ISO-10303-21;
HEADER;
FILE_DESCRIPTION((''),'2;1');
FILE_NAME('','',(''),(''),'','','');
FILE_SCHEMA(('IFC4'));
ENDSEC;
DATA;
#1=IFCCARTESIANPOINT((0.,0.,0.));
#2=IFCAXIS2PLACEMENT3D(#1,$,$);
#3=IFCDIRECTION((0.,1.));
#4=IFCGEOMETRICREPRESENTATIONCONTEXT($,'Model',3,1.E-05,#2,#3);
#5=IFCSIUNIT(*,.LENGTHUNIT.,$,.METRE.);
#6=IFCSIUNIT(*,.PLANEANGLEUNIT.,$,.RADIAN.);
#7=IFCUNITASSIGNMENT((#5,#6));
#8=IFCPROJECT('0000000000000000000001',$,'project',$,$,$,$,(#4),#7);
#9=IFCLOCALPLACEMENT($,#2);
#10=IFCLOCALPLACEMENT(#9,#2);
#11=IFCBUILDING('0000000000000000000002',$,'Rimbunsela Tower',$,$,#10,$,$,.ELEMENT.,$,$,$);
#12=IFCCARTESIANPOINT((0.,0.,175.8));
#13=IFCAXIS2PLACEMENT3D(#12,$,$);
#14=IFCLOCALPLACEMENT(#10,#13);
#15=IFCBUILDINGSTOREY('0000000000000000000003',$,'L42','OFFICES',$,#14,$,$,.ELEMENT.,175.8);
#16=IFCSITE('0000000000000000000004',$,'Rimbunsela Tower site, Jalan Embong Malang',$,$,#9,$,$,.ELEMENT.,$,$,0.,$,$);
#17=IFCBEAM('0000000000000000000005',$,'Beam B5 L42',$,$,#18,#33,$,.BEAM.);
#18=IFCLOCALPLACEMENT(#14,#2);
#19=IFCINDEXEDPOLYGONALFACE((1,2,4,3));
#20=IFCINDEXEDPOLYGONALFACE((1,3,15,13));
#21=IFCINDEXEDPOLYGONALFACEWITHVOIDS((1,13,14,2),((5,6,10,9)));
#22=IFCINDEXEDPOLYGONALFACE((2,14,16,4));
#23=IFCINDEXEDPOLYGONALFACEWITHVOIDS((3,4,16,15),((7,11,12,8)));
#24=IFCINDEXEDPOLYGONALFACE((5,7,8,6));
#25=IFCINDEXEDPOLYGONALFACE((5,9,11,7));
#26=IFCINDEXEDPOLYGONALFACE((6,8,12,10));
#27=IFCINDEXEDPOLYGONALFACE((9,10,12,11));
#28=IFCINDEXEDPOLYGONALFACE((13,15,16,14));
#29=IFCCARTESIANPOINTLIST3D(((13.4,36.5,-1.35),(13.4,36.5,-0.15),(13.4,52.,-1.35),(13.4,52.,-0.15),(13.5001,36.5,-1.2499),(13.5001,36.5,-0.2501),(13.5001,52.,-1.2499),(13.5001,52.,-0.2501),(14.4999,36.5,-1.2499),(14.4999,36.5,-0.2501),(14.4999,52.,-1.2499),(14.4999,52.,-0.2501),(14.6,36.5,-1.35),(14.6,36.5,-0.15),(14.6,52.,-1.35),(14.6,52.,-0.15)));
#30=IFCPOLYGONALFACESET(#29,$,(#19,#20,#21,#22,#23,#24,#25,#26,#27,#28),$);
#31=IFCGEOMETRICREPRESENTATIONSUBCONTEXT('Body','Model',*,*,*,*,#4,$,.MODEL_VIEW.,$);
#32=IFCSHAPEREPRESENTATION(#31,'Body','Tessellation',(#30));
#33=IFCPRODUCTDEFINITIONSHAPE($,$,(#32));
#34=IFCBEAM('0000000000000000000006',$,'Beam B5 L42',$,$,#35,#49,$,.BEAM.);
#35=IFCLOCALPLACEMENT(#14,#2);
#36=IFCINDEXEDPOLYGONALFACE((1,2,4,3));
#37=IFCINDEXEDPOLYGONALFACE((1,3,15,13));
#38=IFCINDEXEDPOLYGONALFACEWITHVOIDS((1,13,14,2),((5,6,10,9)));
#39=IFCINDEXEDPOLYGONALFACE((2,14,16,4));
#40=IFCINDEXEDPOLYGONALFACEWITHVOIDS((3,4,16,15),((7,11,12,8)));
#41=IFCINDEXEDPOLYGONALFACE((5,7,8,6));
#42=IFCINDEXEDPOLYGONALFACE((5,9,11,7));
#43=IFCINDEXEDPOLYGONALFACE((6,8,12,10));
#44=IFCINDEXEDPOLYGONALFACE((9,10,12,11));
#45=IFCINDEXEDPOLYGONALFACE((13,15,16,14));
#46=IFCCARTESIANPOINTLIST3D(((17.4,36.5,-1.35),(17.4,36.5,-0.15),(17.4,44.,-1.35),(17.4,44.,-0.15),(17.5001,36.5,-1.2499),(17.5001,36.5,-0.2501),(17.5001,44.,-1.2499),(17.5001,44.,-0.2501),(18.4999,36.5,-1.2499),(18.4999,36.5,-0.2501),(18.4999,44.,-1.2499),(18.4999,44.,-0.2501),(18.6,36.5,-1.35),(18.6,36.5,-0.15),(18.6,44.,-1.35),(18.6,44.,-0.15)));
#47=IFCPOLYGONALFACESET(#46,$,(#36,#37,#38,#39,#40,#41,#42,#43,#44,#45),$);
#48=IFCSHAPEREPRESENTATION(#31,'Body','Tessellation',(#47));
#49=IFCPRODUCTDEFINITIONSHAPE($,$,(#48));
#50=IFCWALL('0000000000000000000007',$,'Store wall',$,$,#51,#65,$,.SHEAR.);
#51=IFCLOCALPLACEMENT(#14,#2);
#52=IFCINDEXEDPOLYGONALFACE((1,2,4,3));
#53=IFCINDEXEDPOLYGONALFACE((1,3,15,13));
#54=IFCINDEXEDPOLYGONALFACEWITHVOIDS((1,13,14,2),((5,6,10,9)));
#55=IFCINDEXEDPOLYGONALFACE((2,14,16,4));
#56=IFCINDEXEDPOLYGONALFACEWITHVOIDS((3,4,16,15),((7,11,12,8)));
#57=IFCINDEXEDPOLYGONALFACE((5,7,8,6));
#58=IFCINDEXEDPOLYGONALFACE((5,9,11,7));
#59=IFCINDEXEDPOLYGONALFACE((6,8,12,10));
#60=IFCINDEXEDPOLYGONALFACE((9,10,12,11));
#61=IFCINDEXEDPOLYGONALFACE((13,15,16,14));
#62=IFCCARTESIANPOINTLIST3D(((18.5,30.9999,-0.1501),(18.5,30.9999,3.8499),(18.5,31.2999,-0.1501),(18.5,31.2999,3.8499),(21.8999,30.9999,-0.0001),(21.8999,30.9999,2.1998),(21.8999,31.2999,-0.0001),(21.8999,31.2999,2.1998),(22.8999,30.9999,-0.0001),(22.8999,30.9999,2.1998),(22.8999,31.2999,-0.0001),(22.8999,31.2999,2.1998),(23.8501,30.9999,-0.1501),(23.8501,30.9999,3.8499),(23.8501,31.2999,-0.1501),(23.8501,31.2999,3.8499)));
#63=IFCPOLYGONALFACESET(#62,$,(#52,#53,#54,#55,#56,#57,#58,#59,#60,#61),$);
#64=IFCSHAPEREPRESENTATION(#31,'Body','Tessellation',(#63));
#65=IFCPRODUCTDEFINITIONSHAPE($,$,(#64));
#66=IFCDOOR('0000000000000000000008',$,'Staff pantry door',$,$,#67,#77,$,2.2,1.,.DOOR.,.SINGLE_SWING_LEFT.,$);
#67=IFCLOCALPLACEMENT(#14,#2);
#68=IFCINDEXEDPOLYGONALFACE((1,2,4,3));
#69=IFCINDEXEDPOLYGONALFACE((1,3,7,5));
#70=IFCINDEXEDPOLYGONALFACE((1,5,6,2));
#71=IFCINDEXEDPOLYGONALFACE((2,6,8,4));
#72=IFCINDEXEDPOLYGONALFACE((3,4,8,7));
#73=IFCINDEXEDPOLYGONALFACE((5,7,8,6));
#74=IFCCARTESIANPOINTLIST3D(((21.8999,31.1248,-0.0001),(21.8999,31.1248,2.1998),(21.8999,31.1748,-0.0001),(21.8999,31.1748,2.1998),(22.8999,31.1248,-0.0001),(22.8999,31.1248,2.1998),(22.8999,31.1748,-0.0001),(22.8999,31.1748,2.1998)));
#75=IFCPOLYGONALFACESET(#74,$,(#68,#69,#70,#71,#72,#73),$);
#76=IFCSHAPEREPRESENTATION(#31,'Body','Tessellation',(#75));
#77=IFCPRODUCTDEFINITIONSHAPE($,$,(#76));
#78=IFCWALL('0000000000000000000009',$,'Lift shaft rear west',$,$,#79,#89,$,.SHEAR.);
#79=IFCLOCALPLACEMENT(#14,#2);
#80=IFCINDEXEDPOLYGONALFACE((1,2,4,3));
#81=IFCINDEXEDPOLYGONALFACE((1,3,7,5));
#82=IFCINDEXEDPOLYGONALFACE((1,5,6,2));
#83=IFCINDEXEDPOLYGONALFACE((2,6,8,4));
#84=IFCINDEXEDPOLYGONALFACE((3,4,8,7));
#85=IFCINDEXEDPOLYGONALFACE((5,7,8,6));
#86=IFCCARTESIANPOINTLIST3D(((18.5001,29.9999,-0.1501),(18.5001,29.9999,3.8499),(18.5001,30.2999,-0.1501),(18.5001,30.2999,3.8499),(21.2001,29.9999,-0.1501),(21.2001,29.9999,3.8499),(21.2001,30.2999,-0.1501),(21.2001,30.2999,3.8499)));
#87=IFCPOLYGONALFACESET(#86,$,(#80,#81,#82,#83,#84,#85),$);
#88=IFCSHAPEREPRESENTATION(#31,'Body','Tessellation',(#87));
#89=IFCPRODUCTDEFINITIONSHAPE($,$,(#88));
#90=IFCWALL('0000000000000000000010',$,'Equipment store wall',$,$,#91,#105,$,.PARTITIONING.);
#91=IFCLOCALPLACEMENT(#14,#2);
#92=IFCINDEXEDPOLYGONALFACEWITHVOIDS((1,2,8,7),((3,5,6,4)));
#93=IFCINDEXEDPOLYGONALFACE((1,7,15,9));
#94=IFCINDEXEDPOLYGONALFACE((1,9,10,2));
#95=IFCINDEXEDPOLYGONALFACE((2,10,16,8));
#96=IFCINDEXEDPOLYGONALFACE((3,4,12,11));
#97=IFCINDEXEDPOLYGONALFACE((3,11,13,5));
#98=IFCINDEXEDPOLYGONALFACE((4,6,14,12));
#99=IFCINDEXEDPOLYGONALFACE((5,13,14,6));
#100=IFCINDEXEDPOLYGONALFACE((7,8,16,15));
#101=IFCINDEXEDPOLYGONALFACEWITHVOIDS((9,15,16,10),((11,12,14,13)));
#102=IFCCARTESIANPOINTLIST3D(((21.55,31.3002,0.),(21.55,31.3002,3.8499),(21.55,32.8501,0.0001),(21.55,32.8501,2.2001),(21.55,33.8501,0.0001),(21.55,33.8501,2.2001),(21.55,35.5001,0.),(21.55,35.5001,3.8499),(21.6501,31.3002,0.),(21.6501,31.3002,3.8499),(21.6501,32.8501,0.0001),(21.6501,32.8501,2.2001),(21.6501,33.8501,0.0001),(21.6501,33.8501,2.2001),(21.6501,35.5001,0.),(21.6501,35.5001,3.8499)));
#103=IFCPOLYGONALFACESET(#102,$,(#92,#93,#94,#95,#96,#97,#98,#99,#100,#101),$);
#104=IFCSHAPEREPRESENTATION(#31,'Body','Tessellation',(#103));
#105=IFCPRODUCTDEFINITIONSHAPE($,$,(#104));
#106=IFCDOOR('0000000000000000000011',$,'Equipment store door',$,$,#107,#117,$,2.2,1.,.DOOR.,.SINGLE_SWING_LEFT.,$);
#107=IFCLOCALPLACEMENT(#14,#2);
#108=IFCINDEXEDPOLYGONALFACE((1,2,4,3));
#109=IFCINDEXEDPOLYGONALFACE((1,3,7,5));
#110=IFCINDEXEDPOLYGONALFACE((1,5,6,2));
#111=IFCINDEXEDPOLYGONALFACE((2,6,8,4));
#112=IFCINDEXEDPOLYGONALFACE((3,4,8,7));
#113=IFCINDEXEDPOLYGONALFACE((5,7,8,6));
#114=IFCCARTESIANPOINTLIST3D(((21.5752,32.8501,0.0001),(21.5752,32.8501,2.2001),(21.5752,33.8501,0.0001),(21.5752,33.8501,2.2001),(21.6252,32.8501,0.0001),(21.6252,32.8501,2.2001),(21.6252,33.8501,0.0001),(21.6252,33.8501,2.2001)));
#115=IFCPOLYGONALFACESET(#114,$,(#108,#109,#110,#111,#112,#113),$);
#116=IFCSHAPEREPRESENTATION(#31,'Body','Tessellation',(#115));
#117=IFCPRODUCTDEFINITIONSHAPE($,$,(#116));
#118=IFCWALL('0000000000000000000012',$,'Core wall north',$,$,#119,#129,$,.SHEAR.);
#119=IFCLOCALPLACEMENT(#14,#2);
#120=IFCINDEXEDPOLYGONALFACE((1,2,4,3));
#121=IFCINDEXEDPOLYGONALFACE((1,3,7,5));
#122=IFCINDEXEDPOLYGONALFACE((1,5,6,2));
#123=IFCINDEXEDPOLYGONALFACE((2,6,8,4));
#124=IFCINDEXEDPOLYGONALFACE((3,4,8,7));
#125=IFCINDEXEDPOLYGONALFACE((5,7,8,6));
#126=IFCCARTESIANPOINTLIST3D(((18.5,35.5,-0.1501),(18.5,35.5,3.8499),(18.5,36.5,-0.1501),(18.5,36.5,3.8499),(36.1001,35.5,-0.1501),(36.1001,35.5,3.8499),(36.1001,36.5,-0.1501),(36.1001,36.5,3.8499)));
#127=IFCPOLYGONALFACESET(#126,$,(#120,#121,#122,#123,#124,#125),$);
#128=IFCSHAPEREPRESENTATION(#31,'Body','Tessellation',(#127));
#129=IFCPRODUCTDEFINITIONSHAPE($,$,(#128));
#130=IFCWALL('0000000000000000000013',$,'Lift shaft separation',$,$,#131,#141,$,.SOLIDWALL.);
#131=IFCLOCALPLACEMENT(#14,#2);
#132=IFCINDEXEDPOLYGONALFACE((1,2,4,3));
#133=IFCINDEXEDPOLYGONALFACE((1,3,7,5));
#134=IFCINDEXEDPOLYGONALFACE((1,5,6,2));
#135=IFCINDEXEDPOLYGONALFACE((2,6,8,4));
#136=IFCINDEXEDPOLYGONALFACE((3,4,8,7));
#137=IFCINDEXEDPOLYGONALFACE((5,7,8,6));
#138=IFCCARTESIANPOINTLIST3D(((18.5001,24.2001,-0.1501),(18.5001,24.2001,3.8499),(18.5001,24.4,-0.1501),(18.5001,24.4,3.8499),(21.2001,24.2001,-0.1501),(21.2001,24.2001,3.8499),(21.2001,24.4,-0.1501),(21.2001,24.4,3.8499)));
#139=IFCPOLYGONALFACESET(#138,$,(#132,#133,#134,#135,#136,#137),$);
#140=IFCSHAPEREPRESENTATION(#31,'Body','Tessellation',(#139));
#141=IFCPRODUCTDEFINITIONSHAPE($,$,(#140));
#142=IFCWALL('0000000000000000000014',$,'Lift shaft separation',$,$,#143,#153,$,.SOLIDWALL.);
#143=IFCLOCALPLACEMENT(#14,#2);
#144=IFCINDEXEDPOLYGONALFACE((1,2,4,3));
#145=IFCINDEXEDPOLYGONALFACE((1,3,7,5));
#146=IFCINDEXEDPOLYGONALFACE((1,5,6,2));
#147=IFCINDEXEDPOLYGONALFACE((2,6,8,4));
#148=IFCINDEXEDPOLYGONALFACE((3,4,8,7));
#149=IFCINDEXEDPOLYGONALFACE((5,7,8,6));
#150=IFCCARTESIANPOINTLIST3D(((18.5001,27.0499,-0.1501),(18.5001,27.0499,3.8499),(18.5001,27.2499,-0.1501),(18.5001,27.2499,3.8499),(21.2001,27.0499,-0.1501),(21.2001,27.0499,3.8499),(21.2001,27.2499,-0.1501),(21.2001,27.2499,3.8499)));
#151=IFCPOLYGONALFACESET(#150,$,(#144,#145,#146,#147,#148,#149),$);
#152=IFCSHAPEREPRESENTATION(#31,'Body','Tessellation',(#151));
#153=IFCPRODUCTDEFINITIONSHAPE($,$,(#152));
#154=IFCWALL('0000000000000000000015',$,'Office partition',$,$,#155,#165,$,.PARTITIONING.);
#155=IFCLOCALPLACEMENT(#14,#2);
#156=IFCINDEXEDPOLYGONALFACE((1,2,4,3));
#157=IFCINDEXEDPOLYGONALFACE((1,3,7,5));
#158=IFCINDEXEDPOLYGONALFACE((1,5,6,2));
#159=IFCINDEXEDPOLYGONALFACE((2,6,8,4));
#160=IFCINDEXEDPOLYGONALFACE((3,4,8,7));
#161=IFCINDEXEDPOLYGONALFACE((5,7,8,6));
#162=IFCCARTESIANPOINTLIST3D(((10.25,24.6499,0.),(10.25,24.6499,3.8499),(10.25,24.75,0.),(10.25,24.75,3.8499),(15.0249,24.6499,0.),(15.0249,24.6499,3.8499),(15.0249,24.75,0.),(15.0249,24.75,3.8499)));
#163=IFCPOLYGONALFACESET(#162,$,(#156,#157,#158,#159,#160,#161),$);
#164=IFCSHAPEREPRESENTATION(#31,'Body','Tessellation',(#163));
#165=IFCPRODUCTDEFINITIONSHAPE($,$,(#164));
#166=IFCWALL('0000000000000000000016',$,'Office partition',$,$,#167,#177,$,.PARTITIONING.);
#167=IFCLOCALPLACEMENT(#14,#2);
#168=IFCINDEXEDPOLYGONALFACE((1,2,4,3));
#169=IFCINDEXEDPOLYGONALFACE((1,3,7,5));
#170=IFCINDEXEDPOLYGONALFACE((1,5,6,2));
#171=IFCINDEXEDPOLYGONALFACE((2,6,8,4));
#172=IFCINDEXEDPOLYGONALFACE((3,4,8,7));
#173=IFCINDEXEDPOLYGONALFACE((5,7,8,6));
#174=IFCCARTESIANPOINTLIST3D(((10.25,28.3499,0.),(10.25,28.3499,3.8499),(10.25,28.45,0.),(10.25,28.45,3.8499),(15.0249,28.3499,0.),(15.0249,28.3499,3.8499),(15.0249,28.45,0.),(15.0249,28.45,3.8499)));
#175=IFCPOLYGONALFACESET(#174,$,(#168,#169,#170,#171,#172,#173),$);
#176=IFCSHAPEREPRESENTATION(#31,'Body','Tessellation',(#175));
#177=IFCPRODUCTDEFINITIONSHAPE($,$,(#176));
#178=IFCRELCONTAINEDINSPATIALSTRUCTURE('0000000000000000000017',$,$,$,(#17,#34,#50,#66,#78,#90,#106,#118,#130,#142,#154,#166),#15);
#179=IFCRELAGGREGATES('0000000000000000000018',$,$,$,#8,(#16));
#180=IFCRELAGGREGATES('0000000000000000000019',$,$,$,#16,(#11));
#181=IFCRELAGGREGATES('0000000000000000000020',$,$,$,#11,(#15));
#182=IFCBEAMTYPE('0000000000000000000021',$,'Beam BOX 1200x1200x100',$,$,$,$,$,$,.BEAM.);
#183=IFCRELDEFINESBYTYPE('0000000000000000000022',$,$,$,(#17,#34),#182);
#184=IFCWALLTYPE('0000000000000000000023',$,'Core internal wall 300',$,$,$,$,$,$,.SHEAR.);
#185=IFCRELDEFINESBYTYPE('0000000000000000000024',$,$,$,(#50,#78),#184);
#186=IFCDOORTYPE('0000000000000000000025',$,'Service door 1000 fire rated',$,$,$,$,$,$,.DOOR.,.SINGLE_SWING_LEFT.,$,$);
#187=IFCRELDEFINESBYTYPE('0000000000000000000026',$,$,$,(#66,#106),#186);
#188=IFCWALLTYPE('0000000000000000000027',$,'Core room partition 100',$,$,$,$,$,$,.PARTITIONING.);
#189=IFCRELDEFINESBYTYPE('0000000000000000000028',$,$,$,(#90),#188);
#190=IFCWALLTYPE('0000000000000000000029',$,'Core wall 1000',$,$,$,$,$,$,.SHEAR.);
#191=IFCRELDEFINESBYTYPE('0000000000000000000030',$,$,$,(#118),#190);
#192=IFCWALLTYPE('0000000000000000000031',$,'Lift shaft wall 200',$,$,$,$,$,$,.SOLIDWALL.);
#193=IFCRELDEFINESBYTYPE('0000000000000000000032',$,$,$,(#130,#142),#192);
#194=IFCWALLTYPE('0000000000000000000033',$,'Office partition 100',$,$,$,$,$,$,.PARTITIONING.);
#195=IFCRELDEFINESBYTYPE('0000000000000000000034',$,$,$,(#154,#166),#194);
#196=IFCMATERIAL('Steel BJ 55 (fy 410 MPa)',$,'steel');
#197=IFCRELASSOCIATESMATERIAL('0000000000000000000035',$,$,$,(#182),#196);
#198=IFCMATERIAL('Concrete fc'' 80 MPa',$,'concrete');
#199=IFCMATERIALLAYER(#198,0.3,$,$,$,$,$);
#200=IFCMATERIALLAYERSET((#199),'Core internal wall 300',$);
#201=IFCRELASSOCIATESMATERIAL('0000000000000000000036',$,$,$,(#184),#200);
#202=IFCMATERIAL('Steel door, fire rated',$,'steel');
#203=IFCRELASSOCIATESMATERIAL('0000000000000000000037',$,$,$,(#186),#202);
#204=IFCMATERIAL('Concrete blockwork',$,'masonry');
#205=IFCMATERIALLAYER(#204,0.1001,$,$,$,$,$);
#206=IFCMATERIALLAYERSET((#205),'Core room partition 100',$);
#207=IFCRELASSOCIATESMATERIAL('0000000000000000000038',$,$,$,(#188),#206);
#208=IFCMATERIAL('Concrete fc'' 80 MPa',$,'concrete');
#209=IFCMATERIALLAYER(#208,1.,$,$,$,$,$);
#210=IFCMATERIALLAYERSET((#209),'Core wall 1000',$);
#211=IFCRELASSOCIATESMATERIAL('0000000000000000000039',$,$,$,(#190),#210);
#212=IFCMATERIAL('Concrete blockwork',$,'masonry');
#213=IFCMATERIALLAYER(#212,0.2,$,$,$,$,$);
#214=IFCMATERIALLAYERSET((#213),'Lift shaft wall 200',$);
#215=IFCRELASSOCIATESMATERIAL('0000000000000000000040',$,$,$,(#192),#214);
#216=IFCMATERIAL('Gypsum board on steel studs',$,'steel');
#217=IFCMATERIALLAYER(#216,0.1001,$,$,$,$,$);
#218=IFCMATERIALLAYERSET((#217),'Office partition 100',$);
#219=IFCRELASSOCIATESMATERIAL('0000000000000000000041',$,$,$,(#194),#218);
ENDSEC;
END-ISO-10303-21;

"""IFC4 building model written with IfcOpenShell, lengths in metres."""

from ifc_helpers import new_model, si_unit, direction, frame, frame_2d, origin, origin_2d, place, context, subcontext, project, spatial, rectangle, hollow_rectangle, extrude, material, layer, layer_set, material_profile, profile_set, type_object, element, fill, save


model = new_model("IFC4")

# Units and contexts
model_context = context("Model", 3, precision=1e-05, world=origin(), true_north=direction((0.0, 1.0)))
body_context = subcontext(model_context, "Body", "Model", "MODEL_VIEW")
ifc_project = project(units=[si_unit("LENGTHUNIT", "METRE"), si_unit("PLANEANGLEUNIT", "RADIAN")], contexts=[model_context])

# Site, building, storey
site_placement = place(None, origin())
site = spatial("IfcSite", under=ifc_project, at=site_placement, Name="Rimbunsela Tower site, Jalan Embong Malang", CompositionType="ELEMENT", RefElevation=0.0)
building_placement = place(site_placement, origin())
building = spatial("IfcBuilding", under=site, at=building_placement, Name="Rimbunsela Tower", CompositionType="ELEMENT")
storey_placement = place(building_placement, frame((0.0, 0.0, 175.8)))
storey = spatial("IfcBuildingStorey", under=building, at=storey_placement, Name="L42", Description="OFFICES", CompositionType="ELEMENT", Elevation=175.8)

# Beams
ifc_material_1 = material(Name="Steel BJ 55 (fy 410 MPa)", Category="steel")
ifc_material_profile = material_profile(ifc_material_1, hollow_rectangle(XDim=1.2, YDim=1.2, WallThickness=0.1001, at=origin_2d()), Name="BOX 1200x1200x100")
ifc_profile_set = profile_set([ifc_material_profile], Name="Steel BJ 55 (fy 410 MPa)")
beam_type = type_object("IfcBeamType", Name="Beam BOX 1200x1200x100", PredefinedType="BEAM", material=ifc_profile_set)
beam_1_placement = place(storey_placement, frame((14.0, 36.5, -0.75), z_axis=(0.0, 1.0, 0.0), x_axis=(-1.0, 0.0, 0.0)))
element("IfcBeam", 1, at=beam_1_placement, inside=storey, type_object=beam_type, Name="Beam B5 L42", PredefinedType="BEAM", context=body_context, shape_type="SweptSolid", body=[
    extrude(hollow_rectangle(XDim=1.2, YDim=1.2, WallThickness=0.1001, at=origin_2d()), origin(), (0.0, 0.0, 1.0), 15.5),
])
beam_2_placement = place(storey_placement, frame((18.0, 36.5, -0.75), z_axis=(0.0, 1.0, 0.0), x_axis=(-1.0, 0.0, 0.0)))
element("IfcBeam", 2, at=beam_2_placement, inside=storey, type_object=beam_type, Name="Beam B5 L42", PredefinedType="BEAM", context=body_context, shape_type="SweptSolid", body=[
    extrude(hollow_rectangle(XDim=1.2, YDim=1.2, WallThickness=0.1001, at=origin_2d()), origin(), (0.0, 0.0, 1.0), 7.5),
])

# Wall, opening, door
ifc_material_2 = material(Name="Concrete fc' 80 MPa", Category="concrete")
ifc_layer_1 = layer(ifc_material_2, 0.3)
ifc_layer_set_1 = layer_set([ifc_layer_1], Name="Core internal wall 300")
wall_type_1 = type_object("IfcWallType", Name="Core internal wall 300", PredefinedType="SHEAR", material=ifc_layer_set_1)
wall_1_placement = place(storey_placement, frame((18.5, 31.1499, -0.1501), z_axis=(0.0, 0.0, 1.0), x_axis=(1.0, 0.0, 0.0)))
wall_1 = element("IfcWall", 3, at=wall_1_placement, inside=storey, type_object=wall_type_1, Name="Store wall", PredefinedType="SHEAR", context=body_context, shape_type="SweptSolid", body=[
    extrude(rectangle(XDim=5.3501, YDim=0.3, at=frame_2d((2.675, 0.0))), origin(), (0.0, 0.0, 1.0), 4.0),
])
opening_1_placement = place(wall_1_placement, frame((3.3999, 0.0, 0.1499)))
opening_1 = element("IfcOpeningElement", 4, at=opening_1_placement, cuts=wall_1, PredefinedType="OPENING", context=body_context, shape_type="SweptSolid", body=[
    extrude(rectangle(XDim=1.0, YDim=2.2, at=frame_2d((0.5, 1.1001))), frame((0.0, 0.1599, 0.0), z_axis=(0.0, -1.0, 0.0), x_axis=(1.0, 0.0, 0.0)), (0.0, 0.0, 1.0), 0.3201),
])
ifc_material_3 = material(Name="Steel door, fire rated", Category="steel")
door_type_1 = type_object("IfcDoorType", Name="Service door 1000 fire rated", OperationType="SINGLE_SWING_LEFT", PredefinedType="DOOR", material=ifc_material_3)
door_1_placement = place(opening_1_placement, origin())
door_1 = element("IfcDoor", 5, at=door_1_placement, inside=storey, type_object=door_type_1, Name="Staff pantry door", OperationType="SINGLE_SWING_LEFT", OverallHeight=2.2, OverallWidth=1.0, PredefinedType="DOOR", context=body_context, shape_type="SweptSolid", body=[
    extrude(rectangle(XDim=1.0, YDim=2.2, at=frame_2d((0.5, 1.1001))), frame((0.0, 0.0249, 0.0), z_axis=(0.0, -1.0, 0.0), x_axis=(1.0, 0.0, 0.0)), (0.0, 0.0, 1.0), 0.05),
])
fill(opening_1, door_1)

# Wall
wall_2_placement = place(storey_placement, frame((18.5, 30.1499, -0.1501), z_axis=(0.0, 0.0, 1.0), x_axis=(1.0, 0.0, 0.0)))
element("IfcWall", 6, at=wall_2_placement, inside=storey, type_object=wall_type_1, Name="Lift shaft rear west", PredefinedType="SHEAR", context=body_context, shape_type="SweptSolid", body=[
    extrude(rectangle(XDim=2.7, YDim=0.3, at=frame_2d((1.3501, 0.0))), origin(), (0.0, 0.0, 1.0), 4.0),
])

# Wall, opening, door
ifc_material_4 = material(Name="Concrete blockwork", Category="masonry")
ifc_layer_2 = layer(ifc_material_4, 0.1001)
ifc_layer_set_2 = layer_set([ifc_layer_2], Name="Core room partition 100")
wall_type_2 = type_object("IfcWallType", Name="Core room partition 100", PredefinedType="PARTITIONING", material=ifc_layer_set_2)
wall_3_placement = place(storey_placement, frame((21.6001, 31.3, 0.0), z_axis=(0.0, 0.0, 1.0), x_axis=(0.0, 1.0, 0.0)))
wall_3 = element("IfcWall", 7, at=wall_3_placement, inside=storey, type_object=wall_type_2, Name="Equipment store wall", PredefinedType="PARTITIONING", context=body_context, shape_type="SweptSolid", body=[
    extrude(rectangle(XDim=4.2, YDim=0.1001, at=frame_2d((2.1001, 0.0))), origin(), (0.0, 0.0, 1.0), 3.8499),
])
opening_2_placement = place(wall_3_placement, frame((1.55, 0.0, 0.0)))
opening_2 = element("IfcOpeningElement", 8, at=opening_2_placement, cuts=wall_3, PredefinedType="OPENING", context=body_context, shape_type="SweptSolid", body=[
    extrude(rectangle(XDim=1.0, YDim=2.2, at=frame_2d((0.5, 1.1001))), frame((0.0, 0.0601, 0.0), z_axis=(0.0, -1.0, 0.0), x_axis=(1.0, 0.0, 0.0)), (0.0, 0.0, 1.0), 0.1201),
])
door_2_placement = place(opening_2_placement, origin())
door_2 = element("IfcDoor", 9, at=door_2_placement, inside=storey, type_object=door_type_1, Name="Equipment store door", OperationType="SINGLE_SWING_LEFT", OverallHeight=2.2, OverallWidth=1.0, PredefinedType="DOOR", context=body_context, shape_type="SweptSolid", body=[
    extrude(rectangle(XDim=1.0, YDim=2.2, at=frame_2d((0.5, 1.1001))), frame((0.0, 0.0249, 0.0), z_axis=(0.0, -1.0, 0.0), x_axis=(1.0, 0.0, 0.0)), (0.0, 0.0, 1.0), 0.05),
])
fill(opening_2, door_2)

# Walls
ifc_material_5 = material(Name="Concrete fc' 80 MPa", Category="concrete")
ifc_layer_3 = layer(ifc_material_5, 1.0)
ifc_layer_set_3 = layer_set([ifc_layer_3], Name="Core wall 1000")
wall_type_3 = type_object("IfcWallType", Name="Core wall 1000", PredefinedType="SHEAR", material=ifc_layer_set_3)
wall_4_placement = place(storey_placement, frame((18.5, 36.0, -0.1501), z_axis=(0.0, 0.0, 1.0), x_axis=(1.0, 0.0, 0.0)))
element("IfcWall", 10, at=wall_4_placement, inside=storey, type_object=wall_type_3, Name="Core wall north", PredefinedType="SHEAR", context=body_context, shape_type="SweptSolid", body=[
    extrude(rectangle(XDim=17.6001, YDim=1.0, at=frame_2d((8.8, 0.0))), origin(), (0.0, 0.0, 1.0), 4.0),
])
ifc_material_6 = material(Name="Concrete blockwork", Category="masonry")
ifc_layer_4 = layer(ifc_material_6, 0.2)
ifc_layer_set_4 = layer_set([ifc_layer_4], Name="Lift shaft wall 200")
wall_type_4 = type_object("IfcWallType", Name="Lift shaft wall 200", PredefinedType="SOLIDWALL", material=ifc_layer_set_4)
for number, where, z_axis, x_axis, name in (
    (11, (18.5, 24.3, -0.1501), (0.0, 0.0, 1.0), (1.0, 0.0, 0.0), "Lift shaft separation"),
    (12, (18.5, 27.1499, -0.1501), (0.0, 0.0, 1.0), (1.0, 0.0, 0.0), "Lift shaft separation"),
):
    element("IfcWall", number, at=place(storey_placement, frame(where, z_axis=z_axis, x_axis=x_axis)), inside=storey, type_object=wall_type_4, Name=name, PredefinedType="SOLIDWALL", context=body_context, shape_type="SweptSolid", body=[
        extrude(rectangle(XDim=2.7, YDim=0.2, at=frame_2d((1.3501, 0.0))), origin(), (0.0, 0.0, 1.0), 4.0),
    ])
ifc_material_7 = material(Name="Gypsum board on steel studs", Category="steel")
ifc_layer_5 = layer(ifc_material_7, 0.1001)
ifc_layer_set_5 = layer_set([ifc_layer_5], Name="Office partition 100")
wall_type_5 = type_object("IfcWallType", Name="Office partition 100", PredefinedType="PARTITIONING", material=ifc_layer_set_5)
for number, where, z_axis, x_axis, name in (
    (13, (10.25, 24.7, 0.0), (0.0, 0.0, 1.0), (1.0, 0.0, 0.0), "Office partition"),
    (14, (10.25, 28.3999, 0.0), (0.0, 0.0, 1.0), (1.0, 0.0, 0.0), "Office partition"),
):
    element("IfcWall", number, at=place(storey_placement, frame(where, z_axis=z_axis, x_axis=x_axis)), inside=storey, type_object=wall_type_5, Name=name, PredefinedType="PARTITIONING", context=body_context, shape_type="SweptSolid", body=[
        extrude(rectangle(XDim=4.7749, YDim=0.1001, at=frame_2d((2.3875, 0.0))), origin(), (0.0, 0.0, 1.0), 3.8499),
    ])

save(model, "model.ifc")
